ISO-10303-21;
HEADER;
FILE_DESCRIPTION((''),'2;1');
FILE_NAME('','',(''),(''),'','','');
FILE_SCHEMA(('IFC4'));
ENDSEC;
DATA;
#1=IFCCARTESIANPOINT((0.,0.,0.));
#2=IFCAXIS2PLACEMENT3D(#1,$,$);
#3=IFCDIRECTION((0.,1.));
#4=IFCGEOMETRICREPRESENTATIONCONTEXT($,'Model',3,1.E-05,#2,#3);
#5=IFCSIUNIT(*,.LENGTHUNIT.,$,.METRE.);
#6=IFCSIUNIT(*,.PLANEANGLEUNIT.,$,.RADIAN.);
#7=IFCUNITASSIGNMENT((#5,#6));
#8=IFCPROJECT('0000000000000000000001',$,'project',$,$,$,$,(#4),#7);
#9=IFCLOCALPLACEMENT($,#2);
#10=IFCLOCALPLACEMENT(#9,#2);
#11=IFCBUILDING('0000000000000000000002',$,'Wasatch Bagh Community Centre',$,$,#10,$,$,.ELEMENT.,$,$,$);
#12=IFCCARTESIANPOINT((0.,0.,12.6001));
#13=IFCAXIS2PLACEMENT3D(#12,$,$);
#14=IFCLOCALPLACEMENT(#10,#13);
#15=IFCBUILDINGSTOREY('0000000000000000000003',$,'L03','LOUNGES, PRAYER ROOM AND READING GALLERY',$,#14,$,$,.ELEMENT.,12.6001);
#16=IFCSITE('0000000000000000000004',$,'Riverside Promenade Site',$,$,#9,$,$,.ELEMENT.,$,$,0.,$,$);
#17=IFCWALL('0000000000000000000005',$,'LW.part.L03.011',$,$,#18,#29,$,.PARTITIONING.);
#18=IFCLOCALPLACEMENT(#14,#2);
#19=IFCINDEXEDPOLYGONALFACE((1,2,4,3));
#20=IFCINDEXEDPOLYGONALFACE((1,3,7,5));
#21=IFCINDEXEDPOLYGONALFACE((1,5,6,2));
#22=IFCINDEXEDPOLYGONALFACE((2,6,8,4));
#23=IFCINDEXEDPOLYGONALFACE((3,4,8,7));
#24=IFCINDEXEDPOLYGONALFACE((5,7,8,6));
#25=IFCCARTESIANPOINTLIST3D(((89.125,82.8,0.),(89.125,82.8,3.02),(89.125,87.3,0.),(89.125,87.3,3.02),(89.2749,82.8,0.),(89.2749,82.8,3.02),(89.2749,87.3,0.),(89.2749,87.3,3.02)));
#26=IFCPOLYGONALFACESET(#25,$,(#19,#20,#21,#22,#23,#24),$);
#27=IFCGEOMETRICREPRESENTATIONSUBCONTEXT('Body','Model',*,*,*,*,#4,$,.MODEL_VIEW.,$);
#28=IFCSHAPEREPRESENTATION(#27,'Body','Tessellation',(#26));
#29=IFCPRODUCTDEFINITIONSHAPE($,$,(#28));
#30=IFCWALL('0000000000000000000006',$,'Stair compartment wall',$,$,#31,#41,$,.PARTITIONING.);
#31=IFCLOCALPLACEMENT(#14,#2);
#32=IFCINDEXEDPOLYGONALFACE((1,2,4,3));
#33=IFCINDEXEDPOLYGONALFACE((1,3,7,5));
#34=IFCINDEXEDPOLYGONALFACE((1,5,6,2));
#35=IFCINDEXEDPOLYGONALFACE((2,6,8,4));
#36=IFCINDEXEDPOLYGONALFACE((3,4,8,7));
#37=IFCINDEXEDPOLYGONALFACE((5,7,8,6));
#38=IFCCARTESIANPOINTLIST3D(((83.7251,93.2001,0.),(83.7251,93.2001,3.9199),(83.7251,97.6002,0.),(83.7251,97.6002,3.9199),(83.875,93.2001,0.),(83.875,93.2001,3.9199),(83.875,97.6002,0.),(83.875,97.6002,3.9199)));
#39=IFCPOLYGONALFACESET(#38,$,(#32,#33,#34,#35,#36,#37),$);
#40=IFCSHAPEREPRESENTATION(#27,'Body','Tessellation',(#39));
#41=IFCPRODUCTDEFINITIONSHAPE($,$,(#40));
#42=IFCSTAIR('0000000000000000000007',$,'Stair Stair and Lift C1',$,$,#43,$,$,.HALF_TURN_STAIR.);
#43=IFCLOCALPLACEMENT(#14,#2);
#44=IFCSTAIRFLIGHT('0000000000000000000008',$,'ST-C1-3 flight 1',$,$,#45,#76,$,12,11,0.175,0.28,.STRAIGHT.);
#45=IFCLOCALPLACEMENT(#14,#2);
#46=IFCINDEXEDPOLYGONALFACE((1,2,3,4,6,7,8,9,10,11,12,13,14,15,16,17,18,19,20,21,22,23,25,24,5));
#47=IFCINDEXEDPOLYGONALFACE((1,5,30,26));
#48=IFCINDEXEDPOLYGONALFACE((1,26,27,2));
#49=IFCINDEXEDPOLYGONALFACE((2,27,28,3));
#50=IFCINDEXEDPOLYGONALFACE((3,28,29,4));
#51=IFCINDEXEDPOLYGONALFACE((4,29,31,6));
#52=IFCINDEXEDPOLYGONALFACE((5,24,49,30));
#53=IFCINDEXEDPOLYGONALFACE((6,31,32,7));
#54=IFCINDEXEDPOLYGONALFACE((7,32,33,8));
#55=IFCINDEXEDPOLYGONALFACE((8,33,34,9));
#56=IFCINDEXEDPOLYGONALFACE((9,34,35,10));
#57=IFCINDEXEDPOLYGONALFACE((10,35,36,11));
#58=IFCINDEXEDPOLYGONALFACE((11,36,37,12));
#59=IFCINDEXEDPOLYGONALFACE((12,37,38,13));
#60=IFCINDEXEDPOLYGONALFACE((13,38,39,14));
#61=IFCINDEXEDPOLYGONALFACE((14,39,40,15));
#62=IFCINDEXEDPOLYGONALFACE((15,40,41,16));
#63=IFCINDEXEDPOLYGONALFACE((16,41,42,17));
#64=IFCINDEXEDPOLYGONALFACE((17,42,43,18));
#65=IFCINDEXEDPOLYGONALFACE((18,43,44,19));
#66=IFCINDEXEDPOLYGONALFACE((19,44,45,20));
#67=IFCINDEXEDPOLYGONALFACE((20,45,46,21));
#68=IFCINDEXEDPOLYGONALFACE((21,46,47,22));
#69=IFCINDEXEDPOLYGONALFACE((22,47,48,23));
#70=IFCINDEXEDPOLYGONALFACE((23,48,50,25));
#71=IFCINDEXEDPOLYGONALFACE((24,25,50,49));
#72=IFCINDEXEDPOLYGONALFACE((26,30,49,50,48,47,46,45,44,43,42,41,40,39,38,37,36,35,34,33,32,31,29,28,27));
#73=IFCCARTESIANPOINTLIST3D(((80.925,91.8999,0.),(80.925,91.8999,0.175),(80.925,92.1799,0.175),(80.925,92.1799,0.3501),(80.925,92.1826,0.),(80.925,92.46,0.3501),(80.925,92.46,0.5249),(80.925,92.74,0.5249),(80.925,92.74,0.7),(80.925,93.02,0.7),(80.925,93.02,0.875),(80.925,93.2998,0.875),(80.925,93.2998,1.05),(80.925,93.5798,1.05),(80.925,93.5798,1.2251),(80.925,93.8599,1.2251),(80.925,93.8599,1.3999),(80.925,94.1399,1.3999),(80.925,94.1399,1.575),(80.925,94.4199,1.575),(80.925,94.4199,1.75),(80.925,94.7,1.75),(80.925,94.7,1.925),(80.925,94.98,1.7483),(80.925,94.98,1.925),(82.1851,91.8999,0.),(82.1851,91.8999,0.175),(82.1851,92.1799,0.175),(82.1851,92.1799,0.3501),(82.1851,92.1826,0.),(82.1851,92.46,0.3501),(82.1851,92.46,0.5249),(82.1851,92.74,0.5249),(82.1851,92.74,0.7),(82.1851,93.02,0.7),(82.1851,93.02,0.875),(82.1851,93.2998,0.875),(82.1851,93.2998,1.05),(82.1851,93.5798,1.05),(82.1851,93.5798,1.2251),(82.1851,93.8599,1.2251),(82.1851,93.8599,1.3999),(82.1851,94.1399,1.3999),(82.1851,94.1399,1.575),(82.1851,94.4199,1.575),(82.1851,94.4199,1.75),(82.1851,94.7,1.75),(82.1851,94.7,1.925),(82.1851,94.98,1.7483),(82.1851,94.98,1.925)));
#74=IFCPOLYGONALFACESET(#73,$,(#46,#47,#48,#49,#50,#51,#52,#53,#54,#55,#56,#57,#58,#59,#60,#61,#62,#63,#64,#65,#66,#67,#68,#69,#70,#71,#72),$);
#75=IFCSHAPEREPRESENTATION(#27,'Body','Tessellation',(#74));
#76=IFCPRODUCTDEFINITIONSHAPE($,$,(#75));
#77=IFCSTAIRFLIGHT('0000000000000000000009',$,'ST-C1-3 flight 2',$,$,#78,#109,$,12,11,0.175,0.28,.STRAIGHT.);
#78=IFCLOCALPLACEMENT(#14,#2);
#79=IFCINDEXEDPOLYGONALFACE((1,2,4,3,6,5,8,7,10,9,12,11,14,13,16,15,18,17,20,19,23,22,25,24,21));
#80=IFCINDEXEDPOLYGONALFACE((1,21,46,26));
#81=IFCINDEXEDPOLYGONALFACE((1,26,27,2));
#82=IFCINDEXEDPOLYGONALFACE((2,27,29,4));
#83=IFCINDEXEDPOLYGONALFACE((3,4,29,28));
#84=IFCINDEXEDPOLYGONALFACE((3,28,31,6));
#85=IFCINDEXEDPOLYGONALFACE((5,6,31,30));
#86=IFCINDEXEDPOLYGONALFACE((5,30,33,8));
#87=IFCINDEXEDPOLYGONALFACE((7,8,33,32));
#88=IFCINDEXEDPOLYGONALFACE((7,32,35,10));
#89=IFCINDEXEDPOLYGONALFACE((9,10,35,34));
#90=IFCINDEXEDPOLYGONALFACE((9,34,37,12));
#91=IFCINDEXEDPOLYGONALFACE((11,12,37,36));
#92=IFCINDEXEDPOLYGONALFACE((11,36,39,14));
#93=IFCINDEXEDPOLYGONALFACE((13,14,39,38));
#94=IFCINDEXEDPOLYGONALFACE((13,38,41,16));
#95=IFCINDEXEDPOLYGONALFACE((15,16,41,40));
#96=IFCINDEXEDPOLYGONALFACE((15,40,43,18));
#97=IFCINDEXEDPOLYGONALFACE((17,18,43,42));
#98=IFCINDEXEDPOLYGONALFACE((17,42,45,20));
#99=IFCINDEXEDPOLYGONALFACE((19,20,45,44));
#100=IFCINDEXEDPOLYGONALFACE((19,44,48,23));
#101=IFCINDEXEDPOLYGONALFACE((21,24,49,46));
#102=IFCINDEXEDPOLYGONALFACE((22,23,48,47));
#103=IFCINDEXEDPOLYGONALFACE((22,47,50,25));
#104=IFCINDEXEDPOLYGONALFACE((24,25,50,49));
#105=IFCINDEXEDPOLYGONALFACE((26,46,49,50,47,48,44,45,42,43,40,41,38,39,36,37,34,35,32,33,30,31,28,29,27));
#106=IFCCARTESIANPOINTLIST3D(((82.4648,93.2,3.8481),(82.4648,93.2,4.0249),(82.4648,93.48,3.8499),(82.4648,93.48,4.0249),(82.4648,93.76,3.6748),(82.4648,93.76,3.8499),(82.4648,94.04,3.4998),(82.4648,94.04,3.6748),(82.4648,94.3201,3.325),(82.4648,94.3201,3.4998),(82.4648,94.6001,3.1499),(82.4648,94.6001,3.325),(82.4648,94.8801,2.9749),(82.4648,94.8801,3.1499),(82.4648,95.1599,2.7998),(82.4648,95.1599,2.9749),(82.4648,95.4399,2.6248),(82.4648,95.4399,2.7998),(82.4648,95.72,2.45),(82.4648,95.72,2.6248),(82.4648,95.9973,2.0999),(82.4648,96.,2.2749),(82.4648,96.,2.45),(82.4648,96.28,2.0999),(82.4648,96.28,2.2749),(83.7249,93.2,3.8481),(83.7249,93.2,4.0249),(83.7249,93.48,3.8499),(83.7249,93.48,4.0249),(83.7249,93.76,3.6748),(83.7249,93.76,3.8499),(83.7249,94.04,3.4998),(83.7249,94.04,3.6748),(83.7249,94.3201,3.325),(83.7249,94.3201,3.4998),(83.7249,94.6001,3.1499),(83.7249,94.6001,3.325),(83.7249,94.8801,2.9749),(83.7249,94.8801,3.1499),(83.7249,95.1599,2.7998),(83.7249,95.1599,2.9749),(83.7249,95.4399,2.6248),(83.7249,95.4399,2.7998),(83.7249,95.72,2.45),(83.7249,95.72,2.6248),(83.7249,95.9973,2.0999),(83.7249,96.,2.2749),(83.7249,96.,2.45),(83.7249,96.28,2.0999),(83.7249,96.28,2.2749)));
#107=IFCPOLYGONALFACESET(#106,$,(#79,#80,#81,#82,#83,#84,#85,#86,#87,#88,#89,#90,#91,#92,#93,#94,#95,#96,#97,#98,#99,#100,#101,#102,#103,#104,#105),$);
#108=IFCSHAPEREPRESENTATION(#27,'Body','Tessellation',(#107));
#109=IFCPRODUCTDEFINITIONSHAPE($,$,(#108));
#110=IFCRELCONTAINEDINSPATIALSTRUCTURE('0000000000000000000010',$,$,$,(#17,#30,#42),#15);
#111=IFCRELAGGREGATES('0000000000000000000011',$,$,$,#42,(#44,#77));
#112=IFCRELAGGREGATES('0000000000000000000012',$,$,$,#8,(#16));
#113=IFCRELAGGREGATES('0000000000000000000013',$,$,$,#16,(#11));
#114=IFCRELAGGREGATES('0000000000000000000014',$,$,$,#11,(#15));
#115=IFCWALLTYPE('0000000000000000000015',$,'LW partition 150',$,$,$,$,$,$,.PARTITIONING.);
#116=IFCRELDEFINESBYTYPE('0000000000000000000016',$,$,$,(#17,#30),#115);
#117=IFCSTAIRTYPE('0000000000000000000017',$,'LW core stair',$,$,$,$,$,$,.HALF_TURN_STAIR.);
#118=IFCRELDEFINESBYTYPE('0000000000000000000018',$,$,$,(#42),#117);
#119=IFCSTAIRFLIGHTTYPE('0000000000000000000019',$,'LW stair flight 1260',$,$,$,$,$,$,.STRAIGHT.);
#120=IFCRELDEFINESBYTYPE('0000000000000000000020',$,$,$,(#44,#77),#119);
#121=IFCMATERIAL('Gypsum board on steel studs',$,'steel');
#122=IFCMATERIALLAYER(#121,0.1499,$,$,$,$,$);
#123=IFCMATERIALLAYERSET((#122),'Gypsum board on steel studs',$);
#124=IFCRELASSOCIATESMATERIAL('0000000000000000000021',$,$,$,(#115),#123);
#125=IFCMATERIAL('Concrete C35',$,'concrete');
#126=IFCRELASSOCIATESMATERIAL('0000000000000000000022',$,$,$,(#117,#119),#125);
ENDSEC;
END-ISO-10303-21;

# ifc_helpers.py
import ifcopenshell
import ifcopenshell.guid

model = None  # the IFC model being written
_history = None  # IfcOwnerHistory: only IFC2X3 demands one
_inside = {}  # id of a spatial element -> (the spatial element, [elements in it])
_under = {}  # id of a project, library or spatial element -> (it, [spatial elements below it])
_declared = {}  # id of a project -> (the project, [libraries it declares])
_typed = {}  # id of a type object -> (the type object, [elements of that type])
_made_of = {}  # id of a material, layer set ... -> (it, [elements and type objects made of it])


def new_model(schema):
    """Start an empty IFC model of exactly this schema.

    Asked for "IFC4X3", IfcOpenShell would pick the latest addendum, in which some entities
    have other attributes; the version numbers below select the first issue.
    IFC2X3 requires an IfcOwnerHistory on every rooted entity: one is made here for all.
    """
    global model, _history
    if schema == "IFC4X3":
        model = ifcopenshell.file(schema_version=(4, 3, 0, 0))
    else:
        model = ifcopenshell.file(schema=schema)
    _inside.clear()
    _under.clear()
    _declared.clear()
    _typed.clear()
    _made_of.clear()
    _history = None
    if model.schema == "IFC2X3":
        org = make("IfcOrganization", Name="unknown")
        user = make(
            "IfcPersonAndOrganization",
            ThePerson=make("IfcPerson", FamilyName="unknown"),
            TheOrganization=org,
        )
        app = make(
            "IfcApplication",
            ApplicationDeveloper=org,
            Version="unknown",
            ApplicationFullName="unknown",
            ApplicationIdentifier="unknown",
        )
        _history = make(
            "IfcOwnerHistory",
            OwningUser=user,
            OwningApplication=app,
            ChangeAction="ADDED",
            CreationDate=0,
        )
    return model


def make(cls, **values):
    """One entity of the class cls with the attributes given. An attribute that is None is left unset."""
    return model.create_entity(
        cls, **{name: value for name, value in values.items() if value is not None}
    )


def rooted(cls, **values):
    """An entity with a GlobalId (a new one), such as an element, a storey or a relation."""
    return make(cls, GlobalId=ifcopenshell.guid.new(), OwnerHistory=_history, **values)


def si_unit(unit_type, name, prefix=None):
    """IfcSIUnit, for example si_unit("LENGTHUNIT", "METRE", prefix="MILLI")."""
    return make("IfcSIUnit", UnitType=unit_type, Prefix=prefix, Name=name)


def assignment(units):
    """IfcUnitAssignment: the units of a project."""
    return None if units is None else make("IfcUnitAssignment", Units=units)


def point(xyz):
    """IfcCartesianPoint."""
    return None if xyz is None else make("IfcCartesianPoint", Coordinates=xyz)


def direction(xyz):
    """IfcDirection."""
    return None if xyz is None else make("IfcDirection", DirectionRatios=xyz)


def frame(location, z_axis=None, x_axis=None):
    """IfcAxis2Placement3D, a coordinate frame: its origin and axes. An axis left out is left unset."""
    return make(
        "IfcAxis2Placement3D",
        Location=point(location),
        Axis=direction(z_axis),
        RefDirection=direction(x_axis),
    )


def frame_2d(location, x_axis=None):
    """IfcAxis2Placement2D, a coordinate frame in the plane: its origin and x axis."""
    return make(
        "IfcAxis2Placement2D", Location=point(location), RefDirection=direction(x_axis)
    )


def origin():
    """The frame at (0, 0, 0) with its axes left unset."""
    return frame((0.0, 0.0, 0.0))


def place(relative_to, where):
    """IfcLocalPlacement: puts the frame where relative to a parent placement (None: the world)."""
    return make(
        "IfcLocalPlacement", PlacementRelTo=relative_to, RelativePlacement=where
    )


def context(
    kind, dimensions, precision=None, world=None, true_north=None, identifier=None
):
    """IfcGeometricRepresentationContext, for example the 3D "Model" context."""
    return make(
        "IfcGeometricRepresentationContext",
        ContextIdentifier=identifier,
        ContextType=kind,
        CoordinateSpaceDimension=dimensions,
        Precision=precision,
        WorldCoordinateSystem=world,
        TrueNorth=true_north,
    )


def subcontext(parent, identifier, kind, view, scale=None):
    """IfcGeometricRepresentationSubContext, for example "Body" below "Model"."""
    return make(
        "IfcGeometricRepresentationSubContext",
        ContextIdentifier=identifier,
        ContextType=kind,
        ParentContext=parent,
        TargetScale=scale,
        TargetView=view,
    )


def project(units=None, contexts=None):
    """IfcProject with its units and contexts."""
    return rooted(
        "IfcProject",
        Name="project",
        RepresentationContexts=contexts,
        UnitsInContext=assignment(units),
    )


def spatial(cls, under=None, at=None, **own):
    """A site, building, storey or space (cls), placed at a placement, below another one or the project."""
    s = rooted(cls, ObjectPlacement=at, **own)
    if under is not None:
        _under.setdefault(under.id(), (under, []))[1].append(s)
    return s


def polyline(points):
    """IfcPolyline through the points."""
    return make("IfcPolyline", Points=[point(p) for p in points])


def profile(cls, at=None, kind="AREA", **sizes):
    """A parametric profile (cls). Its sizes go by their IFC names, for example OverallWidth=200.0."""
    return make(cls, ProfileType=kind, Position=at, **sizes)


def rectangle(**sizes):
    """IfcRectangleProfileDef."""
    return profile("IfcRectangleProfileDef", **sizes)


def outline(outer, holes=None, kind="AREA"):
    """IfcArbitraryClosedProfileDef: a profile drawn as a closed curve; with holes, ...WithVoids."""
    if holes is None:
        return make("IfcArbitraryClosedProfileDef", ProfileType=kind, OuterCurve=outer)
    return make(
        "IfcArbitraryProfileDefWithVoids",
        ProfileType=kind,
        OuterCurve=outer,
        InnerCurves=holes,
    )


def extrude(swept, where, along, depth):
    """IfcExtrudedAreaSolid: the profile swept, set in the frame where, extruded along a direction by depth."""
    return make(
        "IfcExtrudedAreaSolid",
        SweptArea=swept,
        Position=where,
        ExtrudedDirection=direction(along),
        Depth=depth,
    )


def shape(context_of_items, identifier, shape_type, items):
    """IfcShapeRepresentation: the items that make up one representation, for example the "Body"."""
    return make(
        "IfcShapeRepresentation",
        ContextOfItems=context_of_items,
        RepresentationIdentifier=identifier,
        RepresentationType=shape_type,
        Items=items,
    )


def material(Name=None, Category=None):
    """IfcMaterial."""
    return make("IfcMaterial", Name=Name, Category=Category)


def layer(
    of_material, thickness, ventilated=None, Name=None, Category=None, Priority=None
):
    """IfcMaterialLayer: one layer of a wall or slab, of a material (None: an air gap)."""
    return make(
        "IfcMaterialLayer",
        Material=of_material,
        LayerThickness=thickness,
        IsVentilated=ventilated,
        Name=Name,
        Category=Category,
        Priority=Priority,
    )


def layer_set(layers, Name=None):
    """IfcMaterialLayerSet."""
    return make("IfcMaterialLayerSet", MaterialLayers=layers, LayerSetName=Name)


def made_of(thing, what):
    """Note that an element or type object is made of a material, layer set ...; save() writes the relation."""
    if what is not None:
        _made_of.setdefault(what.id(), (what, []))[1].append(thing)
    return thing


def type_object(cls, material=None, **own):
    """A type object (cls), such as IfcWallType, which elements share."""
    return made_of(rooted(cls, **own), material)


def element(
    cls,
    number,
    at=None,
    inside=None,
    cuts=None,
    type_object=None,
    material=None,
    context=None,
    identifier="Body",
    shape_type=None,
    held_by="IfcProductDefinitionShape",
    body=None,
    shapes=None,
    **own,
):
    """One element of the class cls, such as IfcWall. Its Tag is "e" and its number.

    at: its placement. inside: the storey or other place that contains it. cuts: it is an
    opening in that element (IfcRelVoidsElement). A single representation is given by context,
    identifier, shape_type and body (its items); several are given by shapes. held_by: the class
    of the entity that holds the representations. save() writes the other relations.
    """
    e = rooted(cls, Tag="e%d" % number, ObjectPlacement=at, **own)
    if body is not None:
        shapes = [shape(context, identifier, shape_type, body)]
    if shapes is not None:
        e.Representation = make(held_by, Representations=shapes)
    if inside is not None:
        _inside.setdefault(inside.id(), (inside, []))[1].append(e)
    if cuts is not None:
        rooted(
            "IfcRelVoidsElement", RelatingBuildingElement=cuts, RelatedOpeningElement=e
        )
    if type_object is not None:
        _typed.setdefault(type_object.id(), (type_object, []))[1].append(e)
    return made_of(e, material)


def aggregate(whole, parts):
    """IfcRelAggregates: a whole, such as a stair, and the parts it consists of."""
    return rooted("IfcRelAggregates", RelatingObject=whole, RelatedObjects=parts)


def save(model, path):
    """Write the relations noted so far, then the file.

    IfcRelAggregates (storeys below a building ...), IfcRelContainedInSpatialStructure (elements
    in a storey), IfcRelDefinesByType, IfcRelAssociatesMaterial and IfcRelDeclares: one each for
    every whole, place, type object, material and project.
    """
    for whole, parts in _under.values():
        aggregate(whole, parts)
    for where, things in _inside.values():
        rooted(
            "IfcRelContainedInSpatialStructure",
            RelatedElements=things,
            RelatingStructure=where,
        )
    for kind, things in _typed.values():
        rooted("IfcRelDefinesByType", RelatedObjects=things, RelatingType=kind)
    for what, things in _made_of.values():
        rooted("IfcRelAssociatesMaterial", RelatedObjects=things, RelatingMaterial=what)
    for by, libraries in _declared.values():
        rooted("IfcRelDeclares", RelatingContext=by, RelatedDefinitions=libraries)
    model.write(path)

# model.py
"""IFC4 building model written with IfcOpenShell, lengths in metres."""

from ifc_helpers import new_model, si_unit, direction, frame, frame_2d, origin, place, context, subcontext, project, spatial, polyline, rectangle, outline, extrude, material, layer, layer_set, type_object, element, aggregate, save


model = new_model("IFC4")

# Units and contexts
model_context = context("Model", 3, precision=1e-05, world=origin(), true_north=direction((0.0, 1.0)))
body_context = subcontext(model_context, "Body", "Model", "MODEL_VIEW")
ifc_project = project(units=[si_unit("LENGTHUNIT", "METRE"), si_unit("PLANEANGLEUNIT", "RADIAN")], contexts=[model_context])

# Site, building, storey
site_placement = place(None, origin())
site = spatial("IfcSite", under=ifc_project, at=site_placement, Name="Riverside Promenade Site", CompositionType="ELEMENT", RefElevation=0.0)
building_placement = place(site_placement, origin())
building = spatial("IfcBuilding", under=site, at=building_placement, Name="Wasatch Bagh Community Centre", CompositionType="ELEMENT")
storey_placement = place(building_placement, frame((0.0, 0.0, 12.6001)))
storey = spatial("IfcBuildingStorey", under=building, at=storey_placement, Name="L03", Description="LOUNGES, PRAYER ROOM AND READING GALLERY", CompositionType="ELEMENT", Elevation=12.6001)

# Shared definitions
ifc_material_1 = material(Name="Concrete C35", Category="concrete")

# Shared definitions
ifc_material_2 = material(Name="Gypsum board on steel studs", Category="steel")
ifc_layer_1 = layer(ifc_material_2, 0.1499)
ifc_layer_set_1 = layer_set([ifc_layer_1], Name="Gypsum board on steel studs")
wall_type_1 = type_object("IfcWallType", Name="LW partition 150", PredefinedType="PARTITIONING", material=ifc_layer_set_1)

# Walls
wall_1_placement = place(storey_placement, frame((89.2, 82.8, 0.0), z_axis=(0.0, 0.0, 1.0), x_axis=(0.0, 1.0, 0.0)))
element("IfcWall", 1, at=wall_1_placement, inside=storey, type_object=wall_type_1, Name="LW.part.L03.011", PredefinedType="PARTITIONING", context=body_context, shape_type="SweptSolid", body=[
    extrude(rectangle(XDim=4.5, YDim=0.1499, at=frame_2d((2.25, 0.0))), origin(), (0.0, 0.0, 1.0), 3.02),
])
wall_2_placement = place(storey_placement, frame((83.8, 93.2, 0.0), z_axis=(0.0, 0.0, 1.0), x_axis=(0.0, 1.0, 0.0)))
element("IfcWall", 2, at=wall_2_placement, inside=storey, type_object=wall_type_1, Name="Stair compartment wall", PredefinedType="PARTITIONING", context=body_context, shape_type="SweptSolid", body=[
    extrude(rectangle(XDim=4.4001, YDim=0.1499, at=frame_2d((2.2002, 0.0))), origin(), (0.0, 0.0, 1.0), 3.9199),
])

# Stair, stair flights
stair_type = type_object("IfcStairType", Name="LW core stair", PredefinedType="HALF_TURN_STAIR", material=ifc_material_1)
stair_placement = place(storey_placement, origin())
stair = element("IfcStair", 3, at=stair_placement, inside=storey, type_object=stair_type, Name="Stair Stair and Lift C1", PredefinedType="HALF_TURN_STAIR")
stair_flight_type = type_object("IfcStairFlightType", Name="LW stair flight 1260", PredefinedType="STRAIGHT", material=ifc_material_1)
stair_flight_1_placement = place(storey_placement, frame((81.5549, 91.8999, 0.0), z_axis=(0.0, 0.0, 1.0), x_axis=(0.0, 1.0, 0.0)))
stair_flight_1 = element("IfcStairFlight", 4, at=stair_flight_1_placement, type_object=stair_flight_type, Name="ST-C1-3 flight 1", NumberOfRisers=12, NumberOfTreads=11, PredefinedType="STRAIGHT", RiserHeight=0.175, TreadLength=0.28, context=body_context, shape_type="SweptSolid", body=[
    extrude(outline(polyline([(0.0, 0.0), (0.0, 0.175), (0.28, 0.175), (0.28, 0.3501), (0.5601, 0.3501), (0.5601, 0.5249), (0.8401, 0.5249), (0.8401, 0.7), (1.1201, 0.7), (1.1201, 0.875), (1.3999, 0.875), (1.3999, 1.05), (1.6799, 1.05), (1.6799, 1.2251), (1.96, 1.2251), (1.96, 1.3999), (2.24, 1.3999), (2.24, 1.575), (2.52, 1.575), (2.52, 1.75), (2.8, 1.75), (2.8, 1.925), (3.0801, 1.925), (3.0801, 2.1001), (3.0801, 1.7483), (0.2827, 0.0), (0.0, 0.0)])), frame((0.0, 0.6299, 0.0), z_axis=(0.0, -1.0, 0.0), x_axis=(1.0, 0.0, 0.0)), (0.0, 0.0, 1.0), 1.26),
])
stair_flight_2_placement = place(storey_placement, frame((83.095, 96.28, 2.0999), z_axis=(0.0, 0.0, 1.0), x_axis=(0.0, -1.0, 0.0)))
stair_flight_2 = element("IfcStairFlight", 5, at=stair_flight_2_placement, type_object=stair_flight_type, Name="ST-C1-3 flight 2", NumberOfRisers=12, NumberOfTreads=11, PredefinedType="STRAIGHT", RiserHeight=0.175, TreadLength=0.28, context=body_context, shape_type="SweptSolid", body=[
    extrude(outline(polyline([(0.0, 0.0), (0.0, 0.175), (0.28, 0.175), (0.28, 0.3501), (0.5601, 0.3501), (0.5601, 0.5249), (0.8401, 0.5249), (0.8401, 0.7), (1.1201, 0.7), (1.1201, 0.875), (1.3999, 0.875), (1.3999, 1.05), (1.6799, 1.05), (1.6799, 1.2251), (1.96, 1.2251), (1.96, 1.3999), (2.24, 1.3999), (2.24, 1.575), (2.52, 1.575), (2.52, 1.75), (2.8, 1.75), (2.8, 1.925), (3.0801, 1.925), (3.0801, 2.1001), (3.0801, 1.7483), (0.2827, 0.0), (0.0, 0.0)])), frame((0.0, 0.6299, 0.0), z_axis=(0.0, -1.0, 0.0), x_axis=(1.0, 0.0, 0.0)), (0.0, 0.0, 1.0), 1.26),
])
aggregate(stair, [stair_flight_1, stair_flight_2])

save(model, "model.ifc")
